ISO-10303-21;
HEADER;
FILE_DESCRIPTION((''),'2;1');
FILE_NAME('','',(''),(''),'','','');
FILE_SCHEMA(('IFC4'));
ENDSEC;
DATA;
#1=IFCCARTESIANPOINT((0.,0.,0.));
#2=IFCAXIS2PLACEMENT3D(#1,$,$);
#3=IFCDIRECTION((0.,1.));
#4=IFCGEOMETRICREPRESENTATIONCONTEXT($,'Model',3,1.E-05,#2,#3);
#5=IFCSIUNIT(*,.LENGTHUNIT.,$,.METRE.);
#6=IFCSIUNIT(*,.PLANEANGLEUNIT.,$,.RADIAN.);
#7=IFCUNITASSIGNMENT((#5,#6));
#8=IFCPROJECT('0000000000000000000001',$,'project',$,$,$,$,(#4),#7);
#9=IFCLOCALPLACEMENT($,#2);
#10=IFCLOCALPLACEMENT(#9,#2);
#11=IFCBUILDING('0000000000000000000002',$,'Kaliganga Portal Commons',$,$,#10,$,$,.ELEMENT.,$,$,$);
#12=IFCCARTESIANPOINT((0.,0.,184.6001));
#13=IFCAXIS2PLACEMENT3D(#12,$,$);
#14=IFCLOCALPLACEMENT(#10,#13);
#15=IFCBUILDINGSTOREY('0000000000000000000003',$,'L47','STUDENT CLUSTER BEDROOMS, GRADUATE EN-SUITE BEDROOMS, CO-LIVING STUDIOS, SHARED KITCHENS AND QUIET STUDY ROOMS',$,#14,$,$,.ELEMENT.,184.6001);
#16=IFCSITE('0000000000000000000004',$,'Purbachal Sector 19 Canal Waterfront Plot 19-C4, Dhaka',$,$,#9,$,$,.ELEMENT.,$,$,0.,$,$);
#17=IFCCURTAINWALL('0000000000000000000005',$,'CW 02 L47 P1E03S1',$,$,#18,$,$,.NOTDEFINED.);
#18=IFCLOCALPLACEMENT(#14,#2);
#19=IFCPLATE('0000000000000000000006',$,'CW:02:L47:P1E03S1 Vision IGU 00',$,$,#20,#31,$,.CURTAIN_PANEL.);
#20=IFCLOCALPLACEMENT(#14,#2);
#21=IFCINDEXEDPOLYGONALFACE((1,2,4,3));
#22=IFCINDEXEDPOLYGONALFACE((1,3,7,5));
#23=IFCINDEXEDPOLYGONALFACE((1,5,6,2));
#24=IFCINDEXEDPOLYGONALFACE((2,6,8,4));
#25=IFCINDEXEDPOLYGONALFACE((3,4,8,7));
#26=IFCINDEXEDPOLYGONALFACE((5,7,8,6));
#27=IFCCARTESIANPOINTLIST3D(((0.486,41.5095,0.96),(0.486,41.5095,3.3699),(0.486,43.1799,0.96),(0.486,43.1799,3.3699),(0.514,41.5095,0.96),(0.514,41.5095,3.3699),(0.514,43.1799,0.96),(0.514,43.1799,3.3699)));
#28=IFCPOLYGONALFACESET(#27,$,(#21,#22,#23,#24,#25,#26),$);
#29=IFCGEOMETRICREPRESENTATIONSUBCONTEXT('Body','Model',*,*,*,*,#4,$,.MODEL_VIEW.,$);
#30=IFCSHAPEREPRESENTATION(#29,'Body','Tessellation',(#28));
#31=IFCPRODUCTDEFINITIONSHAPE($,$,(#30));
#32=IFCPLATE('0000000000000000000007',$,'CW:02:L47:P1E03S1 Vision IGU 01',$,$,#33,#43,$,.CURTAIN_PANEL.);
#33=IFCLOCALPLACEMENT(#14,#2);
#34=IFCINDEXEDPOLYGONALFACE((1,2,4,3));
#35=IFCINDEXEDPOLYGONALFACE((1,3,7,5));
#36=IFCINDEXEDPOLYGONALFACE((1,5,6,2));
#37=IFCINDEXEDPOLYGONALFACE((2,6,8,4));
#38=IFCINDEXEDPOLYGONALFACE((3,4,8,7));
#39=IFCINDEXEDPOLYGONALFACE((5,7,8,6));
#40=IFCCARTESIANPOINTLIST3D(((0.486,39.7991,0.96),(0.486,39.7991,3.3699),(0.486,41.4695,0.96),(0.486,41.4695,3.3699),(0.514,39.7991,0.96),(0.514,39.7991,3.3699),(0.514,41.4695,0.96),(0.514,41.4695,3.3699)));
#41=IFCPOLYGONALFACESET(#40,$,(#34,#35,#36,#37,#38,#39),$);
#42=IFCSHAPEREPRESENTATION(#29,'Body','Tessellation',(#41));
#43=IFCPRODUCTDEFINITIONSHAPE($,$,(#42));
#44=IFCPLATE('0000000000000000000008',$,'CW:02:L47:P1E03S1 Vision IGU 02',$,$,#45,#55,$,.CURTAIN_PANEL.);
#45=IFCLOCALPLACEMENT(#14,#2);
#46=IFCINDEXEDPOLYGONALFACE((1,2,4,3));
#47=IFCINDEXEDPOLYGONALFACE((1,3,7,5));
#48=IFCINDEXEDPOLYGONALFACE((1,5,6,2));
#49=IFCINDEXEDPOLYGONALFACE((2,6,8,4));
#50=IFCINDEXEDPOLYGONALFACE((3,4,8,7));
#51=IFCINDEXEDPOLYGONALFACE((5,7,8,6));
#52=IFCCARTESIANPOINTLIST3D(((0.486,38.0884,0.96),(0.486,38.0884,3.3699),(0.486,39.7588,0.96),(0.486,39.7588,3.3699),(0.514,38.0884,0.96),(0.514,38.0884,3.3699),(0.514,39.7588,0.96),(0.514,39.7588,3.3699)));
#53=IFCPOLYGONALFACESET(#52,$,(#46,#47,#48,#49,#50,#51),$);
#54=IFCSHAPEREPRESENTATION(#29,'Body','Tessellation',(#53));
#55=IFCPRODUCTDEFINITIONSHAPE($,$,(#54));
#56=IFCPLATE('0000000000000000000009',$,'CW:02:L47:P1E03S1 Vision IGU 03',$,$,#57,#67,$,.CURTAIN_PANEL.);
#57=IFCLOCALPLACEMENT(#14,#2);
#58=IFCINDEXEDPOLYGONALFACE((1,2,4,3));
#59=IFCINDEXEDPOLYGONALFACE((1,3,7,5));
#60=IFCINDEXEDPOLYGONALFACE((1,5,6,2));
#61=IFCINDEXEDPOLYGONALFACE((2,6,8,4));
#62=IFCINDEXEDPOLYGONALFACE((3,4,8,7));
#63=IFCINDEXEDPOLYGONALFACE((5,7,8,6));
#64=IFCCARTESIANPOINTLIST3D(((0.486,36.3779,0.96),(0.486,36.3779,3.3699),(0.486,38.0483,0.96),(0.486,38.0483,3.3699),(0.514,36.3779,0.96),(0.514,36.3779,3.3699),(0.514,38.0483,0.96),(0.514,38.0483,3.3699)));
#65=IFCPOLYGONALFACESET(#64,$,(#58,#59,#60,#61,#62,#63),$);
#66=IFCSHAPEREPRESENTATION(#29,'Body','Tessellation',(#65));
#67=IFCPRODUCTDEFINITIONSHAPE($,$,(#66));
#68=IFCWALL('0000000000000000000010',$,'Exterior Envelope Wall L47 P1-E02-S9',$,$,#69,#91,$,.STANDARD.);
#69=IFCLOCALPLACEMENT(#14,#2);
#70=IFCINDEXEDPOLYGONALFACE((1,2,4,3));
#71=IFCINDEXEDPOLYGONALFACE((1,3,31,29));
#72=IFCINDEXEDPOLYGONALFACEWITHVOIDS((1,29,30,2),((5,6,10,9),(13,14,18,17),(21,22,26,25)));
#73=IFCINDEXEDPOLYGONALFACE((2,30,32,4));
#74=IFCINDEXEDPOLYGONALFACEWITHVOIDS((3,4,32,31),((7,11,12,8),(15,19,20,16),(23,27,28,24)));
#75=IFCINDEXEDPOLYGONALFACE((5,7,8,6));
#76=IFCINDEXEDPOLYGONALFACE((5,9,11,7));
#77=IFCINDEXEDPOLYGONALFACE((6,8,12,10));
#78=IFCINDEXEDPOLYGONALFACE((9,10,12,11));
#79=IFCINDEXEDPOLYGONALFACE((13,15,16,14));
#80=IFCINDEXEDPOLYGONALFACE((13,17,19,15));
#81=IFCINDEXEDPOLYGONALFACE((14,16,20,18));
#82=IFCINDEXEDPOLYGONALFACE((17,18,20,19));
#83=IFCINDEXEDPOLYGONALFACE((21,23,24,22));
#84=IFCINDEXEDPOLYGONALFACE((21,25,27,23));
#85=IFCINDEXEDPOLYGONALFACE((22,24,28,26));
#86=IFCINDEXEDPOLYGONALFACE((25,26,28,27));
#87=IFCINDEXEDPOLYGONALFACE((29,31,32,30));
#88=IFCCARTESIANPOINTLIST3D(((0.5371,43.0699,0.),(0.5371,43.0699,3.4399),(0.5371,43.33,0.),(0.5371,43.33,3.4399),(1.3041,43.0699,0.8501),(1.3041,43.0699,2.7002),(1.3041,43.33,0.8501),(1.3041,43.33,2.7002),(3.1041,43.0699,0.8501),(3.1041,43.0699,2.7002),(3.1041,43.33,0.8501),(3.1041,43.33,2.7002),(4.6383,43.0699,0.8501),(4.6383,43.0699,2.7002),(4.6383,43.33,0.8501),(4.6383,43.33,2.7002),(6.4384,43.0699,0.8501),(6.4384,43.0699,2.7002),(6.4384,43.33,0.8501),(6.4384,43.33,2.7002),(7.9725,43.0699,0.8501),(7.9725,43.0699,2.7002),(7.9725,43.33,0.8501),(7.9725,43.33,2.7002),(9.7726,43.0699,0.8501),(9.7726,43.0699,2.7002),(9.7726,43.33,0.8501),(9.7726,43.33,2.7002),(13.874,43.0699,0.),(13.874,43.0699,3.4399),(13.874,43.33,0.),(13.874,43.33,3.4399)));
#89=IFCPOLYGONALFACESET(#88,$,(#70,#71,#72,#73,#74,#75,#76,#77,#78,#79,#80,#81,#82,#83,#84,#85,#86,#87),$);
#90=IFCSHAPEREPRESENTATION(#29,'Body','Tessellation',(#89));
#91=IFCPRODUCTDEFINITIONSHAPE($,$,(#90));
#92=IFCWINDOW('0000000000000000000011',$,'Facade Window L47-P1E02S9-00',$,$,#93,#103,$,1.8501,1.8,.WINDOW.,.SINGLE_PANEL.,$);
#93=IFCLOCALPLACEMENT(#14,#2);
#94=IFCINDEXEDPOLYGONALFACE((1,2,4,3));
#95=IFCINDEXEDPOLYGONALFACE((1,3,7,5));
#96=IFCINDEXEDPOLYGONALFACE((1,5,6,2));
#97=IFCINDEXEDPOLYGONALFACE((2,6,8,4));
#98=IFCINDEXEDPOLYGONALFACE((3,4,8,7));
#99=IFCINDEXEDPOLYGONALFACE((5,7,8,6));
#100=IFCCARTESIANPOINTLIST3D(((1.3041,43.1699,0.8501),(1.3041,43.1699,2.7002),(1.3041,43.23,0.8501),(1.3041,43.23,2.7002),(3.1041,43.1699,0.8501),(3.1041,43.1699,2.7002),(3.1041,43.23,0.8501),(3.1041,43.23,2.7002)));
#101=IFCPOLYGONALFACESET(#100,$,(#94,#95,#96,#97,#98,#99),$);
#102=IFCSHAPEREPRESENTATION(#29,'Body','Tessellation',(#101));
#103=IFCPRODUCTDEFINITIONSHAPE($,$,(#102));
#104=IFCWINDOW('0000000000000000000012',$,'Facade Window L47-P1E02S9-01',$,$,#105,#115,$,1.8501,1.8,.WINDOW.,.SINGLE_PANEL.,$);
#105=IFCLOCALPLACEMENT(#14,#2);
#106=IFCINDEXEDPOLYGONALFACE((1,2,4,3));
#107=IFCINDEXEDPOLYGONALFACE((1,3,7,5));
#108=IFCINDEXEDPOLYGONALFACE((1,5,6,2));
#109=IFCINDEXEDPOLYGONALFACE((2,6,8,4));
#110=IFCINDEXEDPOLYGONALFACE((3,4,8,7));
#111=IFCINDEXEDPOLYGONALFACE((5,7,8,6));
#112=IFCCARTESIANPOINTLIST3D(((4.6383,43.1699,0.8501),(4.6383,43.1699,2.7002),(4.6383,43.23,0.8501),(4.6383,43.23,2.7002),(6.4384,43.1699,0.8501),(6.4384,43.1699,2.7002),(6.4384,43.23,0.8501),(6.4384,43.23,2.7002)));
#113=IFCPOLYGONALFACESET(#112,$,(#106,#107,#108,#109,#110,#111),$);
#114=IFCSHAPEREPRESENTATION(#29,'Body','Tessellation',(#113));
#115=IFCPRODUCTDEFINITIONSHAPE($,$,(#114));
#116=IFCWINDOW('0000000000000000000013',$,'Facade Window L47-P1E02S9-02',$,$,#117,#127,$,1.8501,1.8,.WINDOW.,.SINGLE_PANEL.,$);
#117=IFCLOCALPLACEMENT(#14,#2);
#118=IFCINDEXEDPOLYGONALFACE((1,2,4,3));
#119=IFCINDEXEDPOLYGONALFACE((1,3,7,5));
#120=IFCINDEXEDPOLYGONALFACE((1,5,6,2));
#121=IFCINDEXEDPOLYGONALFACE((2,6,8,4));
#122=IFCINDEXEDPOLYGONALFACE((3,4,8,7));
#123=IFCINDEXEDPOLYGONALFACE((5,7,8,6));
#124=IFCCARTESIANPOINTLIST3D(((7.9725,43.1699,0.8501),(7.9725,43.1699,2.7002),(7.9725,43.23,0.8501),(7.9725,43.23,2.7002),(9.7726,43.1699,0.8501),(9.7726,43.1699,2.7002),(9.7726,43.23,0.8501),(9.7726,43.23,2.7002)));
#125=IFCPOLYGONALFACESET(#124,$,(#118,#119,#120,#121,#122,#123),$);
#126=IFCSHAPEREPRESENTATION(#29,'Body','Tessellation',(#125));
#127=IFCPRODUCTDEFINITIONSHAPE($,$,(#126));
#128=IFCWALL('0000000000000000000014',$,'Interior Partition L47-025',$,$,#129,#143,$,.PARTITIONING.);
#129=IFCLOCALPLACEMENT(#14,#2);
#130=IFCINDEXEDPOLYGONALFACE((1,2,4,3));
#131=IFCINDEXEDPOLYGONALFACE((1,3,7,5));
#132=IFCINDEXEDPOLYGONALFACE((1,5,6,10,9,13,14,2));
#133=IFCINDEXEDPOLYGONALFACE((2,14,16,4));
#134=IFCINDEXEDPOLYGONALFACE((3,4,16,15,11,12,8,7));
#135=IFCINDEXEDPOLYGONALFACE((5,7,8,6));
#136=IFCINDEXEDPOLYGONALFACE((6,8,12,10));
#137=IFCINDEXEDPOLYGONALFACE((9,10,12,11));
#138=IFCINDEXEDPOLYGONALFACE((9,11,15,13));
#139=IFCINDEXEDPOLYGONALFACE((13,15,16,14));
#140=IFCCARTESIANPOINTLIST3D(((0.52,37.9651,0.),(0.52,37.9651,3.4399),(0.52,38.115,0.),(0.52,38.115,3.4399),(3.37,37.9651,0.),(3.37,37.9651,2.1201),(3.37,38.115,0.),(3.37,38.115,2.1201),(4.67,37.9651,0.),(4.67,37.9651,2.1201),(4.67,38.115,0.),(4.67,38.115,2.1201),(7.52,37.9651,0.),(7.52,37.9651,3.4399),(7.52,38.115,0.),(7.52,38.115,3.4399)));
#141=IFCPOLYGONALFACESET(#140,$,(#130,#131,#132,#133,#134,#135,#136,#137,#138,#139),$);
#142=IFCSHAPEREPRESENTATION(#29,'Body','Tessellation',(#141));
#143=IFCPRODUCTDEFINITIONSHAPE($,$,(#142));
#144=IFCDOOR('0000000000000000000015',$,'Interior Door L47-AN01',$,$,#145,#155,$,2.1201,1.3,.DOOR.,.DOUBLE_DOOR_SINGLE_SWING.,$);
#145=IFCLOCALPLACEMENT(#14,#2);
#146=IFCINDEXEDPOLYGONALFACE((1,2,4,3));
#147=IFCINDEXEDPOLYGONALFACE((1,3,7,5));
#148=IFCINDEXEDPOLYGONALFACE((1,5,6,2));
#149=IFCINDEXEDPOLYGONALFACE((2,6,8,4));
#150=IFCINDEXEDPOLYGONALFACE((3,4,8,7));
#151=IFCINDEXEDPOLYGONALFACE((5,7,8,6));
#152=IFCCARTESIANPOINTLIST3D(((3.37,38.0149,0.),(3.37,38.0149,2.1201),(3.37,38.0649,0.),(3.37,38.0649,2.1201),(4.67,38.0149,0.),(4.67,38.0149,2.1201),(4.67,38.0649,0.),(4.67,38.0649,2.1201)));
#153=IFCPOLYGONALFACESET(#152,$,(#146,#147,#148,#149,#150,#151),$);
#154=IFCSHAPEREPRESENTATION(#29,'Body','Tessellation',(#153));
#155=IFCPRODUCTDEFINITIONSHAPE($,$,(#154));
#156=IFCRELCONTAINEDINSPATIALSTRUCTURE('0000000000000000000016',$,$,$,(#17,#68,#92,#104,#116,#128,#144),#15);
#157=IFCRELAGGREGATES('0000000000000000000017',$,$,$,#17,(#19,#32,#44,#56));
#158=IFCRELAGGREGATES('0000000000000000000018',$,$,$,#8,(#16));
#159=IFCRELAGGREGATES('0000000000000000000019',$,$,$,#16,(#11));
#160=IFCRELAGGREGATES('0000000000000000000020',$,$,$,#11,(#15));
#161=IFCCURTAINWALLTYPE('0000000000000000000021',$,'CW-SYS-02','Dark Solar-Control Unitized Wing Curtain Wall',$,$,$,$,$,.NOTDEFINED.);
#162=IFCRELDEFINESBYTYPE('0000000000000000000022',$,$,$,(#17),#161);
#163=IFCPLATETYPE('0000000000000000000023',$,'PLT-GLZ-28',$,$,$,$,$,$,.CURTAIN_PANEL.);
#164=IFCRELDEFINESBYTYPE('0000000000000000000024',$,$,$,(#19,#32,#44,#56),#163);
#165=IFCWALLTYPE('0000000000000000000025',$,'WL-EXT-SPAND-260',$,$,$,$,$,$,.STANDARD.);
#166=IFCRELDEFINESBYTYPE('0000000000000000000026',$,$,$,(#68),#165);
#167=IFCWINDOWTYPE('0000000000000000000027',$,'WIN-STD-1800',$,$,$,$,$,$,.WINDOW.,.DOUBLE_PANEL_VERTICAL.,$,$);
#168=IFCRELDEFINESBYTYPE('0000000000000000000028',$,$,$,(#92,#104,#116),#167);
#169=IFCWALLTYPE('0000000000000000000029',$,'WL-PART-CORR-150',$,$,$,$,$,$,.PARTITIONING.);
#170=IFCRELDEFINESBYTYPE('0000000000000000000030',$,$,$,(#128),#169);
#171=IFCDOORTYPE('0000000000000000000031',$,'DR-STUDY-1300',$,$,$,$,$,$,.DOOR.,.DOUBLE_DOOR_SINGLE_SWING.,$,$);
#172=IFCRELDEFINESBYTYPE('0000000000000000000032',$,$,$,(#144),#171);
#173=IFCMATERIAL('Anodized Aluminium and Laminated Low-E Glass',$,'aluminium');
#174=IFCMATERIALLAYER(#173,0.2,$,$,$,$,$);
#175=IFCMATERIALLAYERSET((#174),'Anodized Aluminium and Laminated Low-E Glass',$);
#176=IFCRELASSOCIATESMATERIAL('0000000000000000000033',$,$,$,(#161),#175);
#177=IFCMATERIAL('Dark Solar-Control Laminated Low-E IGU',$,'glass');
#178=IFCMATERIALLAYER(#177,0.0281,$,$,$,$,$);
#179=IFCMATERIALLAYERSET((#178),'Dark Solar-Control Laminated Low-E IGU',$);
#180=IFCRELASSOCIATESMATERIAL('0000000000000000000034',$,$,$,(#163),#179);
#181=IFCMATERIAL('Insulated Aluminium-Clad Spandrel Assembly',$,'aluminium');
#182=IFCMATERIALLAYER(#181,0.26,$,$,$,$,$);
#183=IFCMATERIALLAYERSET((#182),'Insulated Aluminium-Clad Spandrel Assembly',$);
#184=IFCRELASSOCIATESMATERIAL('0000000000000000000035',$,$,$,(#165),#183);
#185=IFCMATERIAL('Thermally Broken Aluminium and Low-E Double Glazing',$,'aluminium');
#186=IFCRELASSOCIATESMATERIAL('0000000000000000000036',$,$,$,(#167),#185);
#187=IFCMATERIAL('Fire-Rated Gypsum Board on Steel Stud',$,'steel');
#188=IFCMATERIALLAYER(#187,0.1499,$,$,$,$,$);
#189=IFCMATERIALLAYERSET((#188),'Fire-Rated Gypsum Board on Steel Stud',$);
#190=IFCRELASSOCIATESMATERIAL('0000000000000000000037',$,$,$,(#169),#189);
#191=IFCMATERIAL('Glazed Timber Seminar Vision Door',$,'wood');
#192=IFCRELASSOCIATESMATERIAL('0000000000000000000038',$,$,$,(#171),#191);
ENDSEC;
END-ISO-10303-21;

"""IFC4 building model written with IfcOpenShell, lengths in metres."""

from ifc_helpers import new_model, si_unit, direction, frame, frame_2d, origin, origin_2d, place, context, subcontext, project, spatial, rectangle, extrude, source, transform, mapped, material, layer, layer_set, type_object, element, fill, aggregate, save


model = new_model("IFC4")

# Units and contexts
model_context = context("Model", 3, precision=1e-05, world=origin(), true_north=direction((0.0, 1.0)))
body_context = subcontext(model_context, "Body", "Model", "MODEL_VIEW")
ifc_project = project(units=[si_unit("LENGTHUNIT", "METRE"), si_unit("PLANEANGLEUNIT", "RADIAN")], contexts=[model_context])

# Site, building, storey
site_placement = place(None, origin())
site = spatial("IfcSite", under=ifc_project, at=site_placement, Name="Purbachal Sector 19 Canal Waterfront Plot 19-C4, Dhaka", CompositionType="ELEMENT", RefElevation=0.0)
building_placement = place(site_placement, origin())
building = spatial("IfcBuilding", under=site, at=building_placement, Name="Kaliganga Portal Commons", CompositionType="ELEMENT")
storey_placement = place(building_placement, frame((0.0, 0.0, 184.6001)))
storey = spatial("IfcBuildingStorey", under=building, at=storey_placement, Name="L47", Description="STUDENT CLUSTER BEDROOMS, GRADUATE EN-SUITE BEDROOMS, CO-LIVING STUDIOS, SHARED KITCHENS AND QUIET STUDY ROOMS", CompositionType="ELEMENT", Elevation=184.6001)

# Curtain wall, plates
ifc_material_1 = material(Name="Anodized Aluminium and Laminated Low-E Glass", Category="aluminium")
ifc_layer_1 = layer(ifc_material_1, 0.2)
ifc_layer_set_1 = layer_set([ifc_layer_1], Name="Anodized Aluminium and Laminated Low-E Glass")
curtain_wall_type = type_object("IfcCurtainWallType", Name="CW-SYS-02", Description="Dark Solar-Control Unitized Wing Curtain Wall", PredefinedType="NOTDEFINED", material=ifc_layer_set_1)
curtain_wall_placement = place(storey_placement, origin())
curtain_wall = element("IfcCurtainWall", 1, at=curtain_wall_placement, inside=storey, type_object=curtain_wall_type, Name="CW 02 L47 P1E03S1", PredefinedType="NOTDEFINED")
ifc_material_2 = material(Name="Dark Solar-Control Laminated Low-E IGU", Category="glass")
ifc_layer_2 = layer(ifc_material_2, 0.0281)
ifc_layer_set_2 = layer_set([ifc_layer_2], Name="Dark Solar-Control Laminated Low-E IGU")
plate_type_1 = type_object("IfcPlateType", Name="PLT-GLZ-28", PredefinedType="CURTAIN_PANEL", material=ifc_layer_set_2)
shared_shape_1 = source(origin(), body_context, "Body", "SweptSolid", [
    extrude(rectangle(XDim=1.6704, YDim=0.0281, at=origin_2d()), origin(), (0.0, 0.0, 1.0), 2.4099),
])
plate_1_placement = place(storey_placement, frame((0.5, 42.3447, 0.96), z_axis=(0.0, 0.0, 1.0), x_axis=(0.0, -1.0, 0.0)))
plate_1 = element("IfcPlate", 2, at=plate_1_placement, type_object=plate_type_1, Name="CW:02:L47:P1E03S1 Vision IGU 00", PredefinedType="CURTAIN_PANEL", context=body_context, shape_type="MappedRepresentation", body=[
    mapped(shared_shape_1, transform((0.0, 0.0, 0.0), x_axis=(1.0, 0.0, 0.0), y_axis=(0.0, 1.0, 0.0), z_axis=(0.0, 0.0, 1.0), scale=1.0)),
])
plate_2_placement = place(storey_placement, frame((0.5, 40.6343, 0.96), z_axis=(0.0, 0.0, 1.0), x_axis=(0.0, -1.0, 0.0)))
plate_2 = element("IfcPlate", 3, at=plate_2_placement, type_object=plate_type_1, Name="CW:02:L47:P1E03S1 Vision IGU 01", PredefinedType="CURTAIN_PANEL", context=body_context, shape_type="MappedRepresentation", body=[
    mapped(shared_shape_1, transform((0.0, 0.0, 0.0), x_axis=(1.0, 0.0, 0.0), y_axis=(0.0, 1.0, 0.0), z_axis=(0.0, 0.0, 1.0), scale=1.0)),
])
plate_3_placement = place(storey_placement, frame((0.5, 38.9236, 0.96), z_axis=(0.0, 0.0, 1.0), x_axis=(0.0, -1.0, 0.0)))
plate_3 = element("IfcPlate", 4, at=plate_3_placement, type_object=plate_type_1, Name="CW:02:L47:P1E03S1 Vision IGU 02", PredefinedType="CURTAIN_PANEL", context=body_context, shape_type="MappedRepresentation", body=[
    mapped(shared_shape_1, transform((0.0, 0.0, 0.0), x_axis=(1.0, 0.0, 0.0), y_axis=(0.0, 1.0, 0.0), z_axis=(0.0, 0.0, 1.0), scale=1.0)),
])
plate_4_placement = place(storey_placement, frame((0.5, 37.2131, 0.96), z_axis=(0.0, 0.0, 1.0), x_axis=(0.0, -1.0, 0.0)))
plate_4 = element("IfcPlate", 5, at=plate_4_placement, type_object=plate_type_1, Name="CW:02:L47:P1E03S1 Vision IGU 03", PredefinedType="CURTAIN_PANEL", context=body_context, shape_type="MappedRepresentation", body=[
    mapped(shared_shape_1, transform((0.0, 0.0, 0.0), x_axis=(1.0, 0.0, 0.0), y_axis=(0.0, 1.0, 0.0), z_axis=(0.0, 0.0, 1.0), scale=1.0)),
])
aggregate(curtain_wall, [plate_1, plate_2, plate_3, plate_4])

# Wall, openings, windows
ifc_material_3 = material(Name="Insulated Aluminium-Clad Spandrel Assembly", Category="aluminium")
ifc_layer_3 = layer(ifc_material_3, 0.26)
ifc_layer_set_3 = layer_set([ifc_layer_3], Name="Insulated Aluminium-Clad Spandrel Assembly")
wall_type_1 = type_object("IfcWallType", Name="WL-EXT-SPAND-260", PredefinedType="STANDARD", material=ifc_layer_set_3)
wall_1_placement = place(storey_placement, frame((0.5371, 43.2, 0.0), z_axis=(0.0, 0.0, 1.0), x_axis=(1.0, 0.0, 0.0)))
wall_1 = element("IfcWall", 6, at=wall_1_placement, inside=storey, type_object=wall_type_1, Name="Exterior Envelope Wall L47 P1-E02-S9", PredefinedType="STANDARD", context=body_context, shape_type="SweptSolid", body=[
    extrude(rectangle(XDim=13.3369, YDim=0.26, at=frame_2d((6.6685, 0.0))), origin(), (0.0, 0.0, 1.0), 3.4399),
])
opening_1_placement = place(wall_1_placement, frame((0.7671, 0.0, 0.8501)))
opening_1 = element("IfcOpeningElement", 7, at=opening_1_placement, cuts=wall_1, PredefinedType="OPENING", context=body_context, shape_type="SweptSolid", body=[
    extrude(rectangle(XDim=1.8, YDim=1.8501, at=frame_2d((0.8999, 0.925))), frame((0.0, 0.1401, 0.0), z_axis=(0.0, -1.0, 0.0), x_axis=(1.0, 0.0, 0.0)), (0.0, 0.0, 1.0), 0.28),
])
opening_2_placement = place(wall_1_placement, frame((4.1013, 0.0, 0.8501)))
opening_2 = element("IfcOpeningElement", 8, at=opening_2_placement, cuts=wall_1, PredefinedType="OPENING", context=body_context, shape_type="SweptSolid", body=[
    extrude(rectangle(XDim=1.8, YDim=1.8501, at=frame_2d((0.8999, 0.925))), frame((0.0, 0.1401, 0.0), z_axis=(0.0, -1.0, 0.0), x_axis=(1.0, 0.0, 0.0)), (0.0, 0.0, 1.0), 0.28),
])
opening_3_placement = place(wall_1_placement, frame((7.4355, 0.0, 0.8501)))
opening_3 = element("IfcOpeningElement", 9, at=opening_3_placement, cuts=wall_1, PredefinedType="OPENING", context=body_context, shape_type="SweptSolid", body=[
    extrude(rectangle(XDim=1.8, YDim=1.8501, at=frame_2d((0.8999, 0.925))), frame((0.0, 0.1401, 0.0), z_axis=(0.0, -1.0, 0.0), x_axis=(1.0, 0.0, 0.0)), (0.0, 0.0, 1.0), 0.28),
])
ifc_material_4 = material(Name="Thermally Broken Aluminium and Low-E Double Glazing", Category="aluminium")
window_type = type_object("IfcWindowType", Name="WIN-STD-1800", PartitioningType="DOUBLE_PANEL_VERTICAL", PredefinedType="WINDOW", material=ifc_material_4)
window_1_placement = place(opening_1_placement, origin())
window_1 = element("IfcWindow", 10, at=window_1_placement, inside=storey, type_object=window_type, Name="Facade Window L47-P1E02S9-00", OverallHeight=1.8501, OverallWidth=1.8, PartitioningType="SINGLE_PANEL", PredefinedType="WINDOW", context=body_context, shape_type="SweptSolid", body=[
    extrude(rectangle(XDim=1.8, YDim=1.8501, at=frame_2d((0.8999, 0.925))), frame((0.0, 0.03, 0.0), z_axis=(0.0, -1.0, 0.0), x_axis=(1.0, 0.0, 0.0)), (0.0, 0.0, 1.0), 0.0601),
])
fill(opening_1, window_1)
window_2_placement = place(opening_2_placement, origin())
window_2 = element("IfcWindow", 11, at=window_2_placement, inside=storey, type_object=window_type, Name="Facade Window L47-P1E02S9-01", OverallHeight=1.8501, OverallWidth=1.8, PartitioningType="SINGLE_PANEL", PredefinedType="WINDOW", context=body_context, shape_type="SweptSolid", body=[
    extrude(rectangle(XDim=1.8, YDim=1.8501, at=frame_2d((0.8999, 0.925))), frame((0.0, 0.03, 0.0), z_axis=(0.0, -1.0, 0.0), x_axis=(1.0, 0.0, 0.0)), (0.0, 0.0, 1.0), 0.0601),
])
fill(opening_2, window_2)
window_3_placement = place(opening_3_placement, origin())
window_3 = element("IfcWindow", 12, at=window_3_placement, inside=storey, type_object=window_type, Name="Facade Window L47-P1E02S9-02", OverallHeight=1.8501, OverallWidth=1.8, PartitioningType="SINGLE_PANEL", PredefinedType="WINDOW", context=body_context, shape_type="SweptSolid", body=[
    extrude(rectangle(XDim=1.8, YDim=1.8501, at=frame_2d((0.8999, 0.925))), frame((0.0, 0.03, 0.0), z_axis=(0.0, -1.0, 0.0), x_axis=(1.0, 0.0, 0.0)), (0.0, 0.0, 1.0), 0.0601),
])
fill(opening_3, window_3)

# Wall, opening, door
ifc_material_5 = material(Name="Fire-Rated Gypsum Board on Steel Stud", Category="steel")
ifc_layer_4 = layer(ifc_material_5, 0.1499)
ifc_layer_set_4 = layer_set([ifc_layer_4], Name="Fire-Rated Gypsum Board on Steel Stud")
wall_type_2 = type_object("IfcWallType", Name="WL-PART-CORR-150", PredefinedType="PARTITIONING", material=ifc_layer_set_4)
wall_2_placement = place(storey_placement, frame((0.52, 38.04, 0.0), z_axis=(0.0, 0.0, 1.0), x_axis=(1.0, 0.0, 0.0)))
wall_2 = element("IfcWall", 13, at=wall_2_placement, inside=storey, type_object=wall_type_2, Name="Interior Partition L47-025", PredefinedType="PARTITIONING", context=body_context, shape_type="SweptSolid", body=[
    extrude(rectangle(XDim=7.0, YDim=0.1499, at=frame_2d((3.5, 0.0))), origin(), (0.0, 0.0, 1.0), 3.4399),
])
opening_4_placement = place(wall_2_placement, frame((2.8501, 0.0, 0.0)))
opening_4 = element("IfcOpeningElement", 14, at=opening_4_placement, cuts=wall_2, PredefinedType="OPENING", context=body_context, shape_type="SweptSolid", body=[
    extrude(rectangle(XDim=1.3, YDim=2.1201, at=frame_2d((0.6499, 1.0601))), frame((0.0, 0.085, 0.0), z_axis=(0.0, -1.0, 0.0), x_axis=(1.0, 0.0, 0.0)), (0.0, 0.0, 1.0), 0.1699),
])
ifc_material_6 = material(Name="Glazed Timber Seminar Vision Door", Category="wood")
door_type_1 = type_object("IfcDoorType", Name="DR-STUDY-1300", OperationType="DOUBLE_DOOR_SINGLE_SWING", PredefinedType="DOOR", material=ifc_material_6)
door_1_placement = place(opening_4_placement, origin())
door_1 = element("IfcDoor", 15, at=door_1_placement, inside=storey, type_object=door_type_1, Name="Interior Door L47-AN01", OperationType="DOUBLE_DOOR_SINGLE_SWING", OverallHeight=2.1201, OverallWidth=1.3, PredefinedType="DOOR", context=body_context, shape_type="SweptSolid", body=[
    extrude(rectangle(XDim=1.3, YDim=2.1201, at=frame_2d((0.6499, 1.0601))), frame((0.0, 0.0249, 0.0), z_axis=(0.0, -1.0, 0.0), x_axis=(1.0, 0.0, 0.0)), (0.0, 0.0, 1.0), 0.05),
])
fill(opening_4, door_1)

save(model, "model.ifc")
